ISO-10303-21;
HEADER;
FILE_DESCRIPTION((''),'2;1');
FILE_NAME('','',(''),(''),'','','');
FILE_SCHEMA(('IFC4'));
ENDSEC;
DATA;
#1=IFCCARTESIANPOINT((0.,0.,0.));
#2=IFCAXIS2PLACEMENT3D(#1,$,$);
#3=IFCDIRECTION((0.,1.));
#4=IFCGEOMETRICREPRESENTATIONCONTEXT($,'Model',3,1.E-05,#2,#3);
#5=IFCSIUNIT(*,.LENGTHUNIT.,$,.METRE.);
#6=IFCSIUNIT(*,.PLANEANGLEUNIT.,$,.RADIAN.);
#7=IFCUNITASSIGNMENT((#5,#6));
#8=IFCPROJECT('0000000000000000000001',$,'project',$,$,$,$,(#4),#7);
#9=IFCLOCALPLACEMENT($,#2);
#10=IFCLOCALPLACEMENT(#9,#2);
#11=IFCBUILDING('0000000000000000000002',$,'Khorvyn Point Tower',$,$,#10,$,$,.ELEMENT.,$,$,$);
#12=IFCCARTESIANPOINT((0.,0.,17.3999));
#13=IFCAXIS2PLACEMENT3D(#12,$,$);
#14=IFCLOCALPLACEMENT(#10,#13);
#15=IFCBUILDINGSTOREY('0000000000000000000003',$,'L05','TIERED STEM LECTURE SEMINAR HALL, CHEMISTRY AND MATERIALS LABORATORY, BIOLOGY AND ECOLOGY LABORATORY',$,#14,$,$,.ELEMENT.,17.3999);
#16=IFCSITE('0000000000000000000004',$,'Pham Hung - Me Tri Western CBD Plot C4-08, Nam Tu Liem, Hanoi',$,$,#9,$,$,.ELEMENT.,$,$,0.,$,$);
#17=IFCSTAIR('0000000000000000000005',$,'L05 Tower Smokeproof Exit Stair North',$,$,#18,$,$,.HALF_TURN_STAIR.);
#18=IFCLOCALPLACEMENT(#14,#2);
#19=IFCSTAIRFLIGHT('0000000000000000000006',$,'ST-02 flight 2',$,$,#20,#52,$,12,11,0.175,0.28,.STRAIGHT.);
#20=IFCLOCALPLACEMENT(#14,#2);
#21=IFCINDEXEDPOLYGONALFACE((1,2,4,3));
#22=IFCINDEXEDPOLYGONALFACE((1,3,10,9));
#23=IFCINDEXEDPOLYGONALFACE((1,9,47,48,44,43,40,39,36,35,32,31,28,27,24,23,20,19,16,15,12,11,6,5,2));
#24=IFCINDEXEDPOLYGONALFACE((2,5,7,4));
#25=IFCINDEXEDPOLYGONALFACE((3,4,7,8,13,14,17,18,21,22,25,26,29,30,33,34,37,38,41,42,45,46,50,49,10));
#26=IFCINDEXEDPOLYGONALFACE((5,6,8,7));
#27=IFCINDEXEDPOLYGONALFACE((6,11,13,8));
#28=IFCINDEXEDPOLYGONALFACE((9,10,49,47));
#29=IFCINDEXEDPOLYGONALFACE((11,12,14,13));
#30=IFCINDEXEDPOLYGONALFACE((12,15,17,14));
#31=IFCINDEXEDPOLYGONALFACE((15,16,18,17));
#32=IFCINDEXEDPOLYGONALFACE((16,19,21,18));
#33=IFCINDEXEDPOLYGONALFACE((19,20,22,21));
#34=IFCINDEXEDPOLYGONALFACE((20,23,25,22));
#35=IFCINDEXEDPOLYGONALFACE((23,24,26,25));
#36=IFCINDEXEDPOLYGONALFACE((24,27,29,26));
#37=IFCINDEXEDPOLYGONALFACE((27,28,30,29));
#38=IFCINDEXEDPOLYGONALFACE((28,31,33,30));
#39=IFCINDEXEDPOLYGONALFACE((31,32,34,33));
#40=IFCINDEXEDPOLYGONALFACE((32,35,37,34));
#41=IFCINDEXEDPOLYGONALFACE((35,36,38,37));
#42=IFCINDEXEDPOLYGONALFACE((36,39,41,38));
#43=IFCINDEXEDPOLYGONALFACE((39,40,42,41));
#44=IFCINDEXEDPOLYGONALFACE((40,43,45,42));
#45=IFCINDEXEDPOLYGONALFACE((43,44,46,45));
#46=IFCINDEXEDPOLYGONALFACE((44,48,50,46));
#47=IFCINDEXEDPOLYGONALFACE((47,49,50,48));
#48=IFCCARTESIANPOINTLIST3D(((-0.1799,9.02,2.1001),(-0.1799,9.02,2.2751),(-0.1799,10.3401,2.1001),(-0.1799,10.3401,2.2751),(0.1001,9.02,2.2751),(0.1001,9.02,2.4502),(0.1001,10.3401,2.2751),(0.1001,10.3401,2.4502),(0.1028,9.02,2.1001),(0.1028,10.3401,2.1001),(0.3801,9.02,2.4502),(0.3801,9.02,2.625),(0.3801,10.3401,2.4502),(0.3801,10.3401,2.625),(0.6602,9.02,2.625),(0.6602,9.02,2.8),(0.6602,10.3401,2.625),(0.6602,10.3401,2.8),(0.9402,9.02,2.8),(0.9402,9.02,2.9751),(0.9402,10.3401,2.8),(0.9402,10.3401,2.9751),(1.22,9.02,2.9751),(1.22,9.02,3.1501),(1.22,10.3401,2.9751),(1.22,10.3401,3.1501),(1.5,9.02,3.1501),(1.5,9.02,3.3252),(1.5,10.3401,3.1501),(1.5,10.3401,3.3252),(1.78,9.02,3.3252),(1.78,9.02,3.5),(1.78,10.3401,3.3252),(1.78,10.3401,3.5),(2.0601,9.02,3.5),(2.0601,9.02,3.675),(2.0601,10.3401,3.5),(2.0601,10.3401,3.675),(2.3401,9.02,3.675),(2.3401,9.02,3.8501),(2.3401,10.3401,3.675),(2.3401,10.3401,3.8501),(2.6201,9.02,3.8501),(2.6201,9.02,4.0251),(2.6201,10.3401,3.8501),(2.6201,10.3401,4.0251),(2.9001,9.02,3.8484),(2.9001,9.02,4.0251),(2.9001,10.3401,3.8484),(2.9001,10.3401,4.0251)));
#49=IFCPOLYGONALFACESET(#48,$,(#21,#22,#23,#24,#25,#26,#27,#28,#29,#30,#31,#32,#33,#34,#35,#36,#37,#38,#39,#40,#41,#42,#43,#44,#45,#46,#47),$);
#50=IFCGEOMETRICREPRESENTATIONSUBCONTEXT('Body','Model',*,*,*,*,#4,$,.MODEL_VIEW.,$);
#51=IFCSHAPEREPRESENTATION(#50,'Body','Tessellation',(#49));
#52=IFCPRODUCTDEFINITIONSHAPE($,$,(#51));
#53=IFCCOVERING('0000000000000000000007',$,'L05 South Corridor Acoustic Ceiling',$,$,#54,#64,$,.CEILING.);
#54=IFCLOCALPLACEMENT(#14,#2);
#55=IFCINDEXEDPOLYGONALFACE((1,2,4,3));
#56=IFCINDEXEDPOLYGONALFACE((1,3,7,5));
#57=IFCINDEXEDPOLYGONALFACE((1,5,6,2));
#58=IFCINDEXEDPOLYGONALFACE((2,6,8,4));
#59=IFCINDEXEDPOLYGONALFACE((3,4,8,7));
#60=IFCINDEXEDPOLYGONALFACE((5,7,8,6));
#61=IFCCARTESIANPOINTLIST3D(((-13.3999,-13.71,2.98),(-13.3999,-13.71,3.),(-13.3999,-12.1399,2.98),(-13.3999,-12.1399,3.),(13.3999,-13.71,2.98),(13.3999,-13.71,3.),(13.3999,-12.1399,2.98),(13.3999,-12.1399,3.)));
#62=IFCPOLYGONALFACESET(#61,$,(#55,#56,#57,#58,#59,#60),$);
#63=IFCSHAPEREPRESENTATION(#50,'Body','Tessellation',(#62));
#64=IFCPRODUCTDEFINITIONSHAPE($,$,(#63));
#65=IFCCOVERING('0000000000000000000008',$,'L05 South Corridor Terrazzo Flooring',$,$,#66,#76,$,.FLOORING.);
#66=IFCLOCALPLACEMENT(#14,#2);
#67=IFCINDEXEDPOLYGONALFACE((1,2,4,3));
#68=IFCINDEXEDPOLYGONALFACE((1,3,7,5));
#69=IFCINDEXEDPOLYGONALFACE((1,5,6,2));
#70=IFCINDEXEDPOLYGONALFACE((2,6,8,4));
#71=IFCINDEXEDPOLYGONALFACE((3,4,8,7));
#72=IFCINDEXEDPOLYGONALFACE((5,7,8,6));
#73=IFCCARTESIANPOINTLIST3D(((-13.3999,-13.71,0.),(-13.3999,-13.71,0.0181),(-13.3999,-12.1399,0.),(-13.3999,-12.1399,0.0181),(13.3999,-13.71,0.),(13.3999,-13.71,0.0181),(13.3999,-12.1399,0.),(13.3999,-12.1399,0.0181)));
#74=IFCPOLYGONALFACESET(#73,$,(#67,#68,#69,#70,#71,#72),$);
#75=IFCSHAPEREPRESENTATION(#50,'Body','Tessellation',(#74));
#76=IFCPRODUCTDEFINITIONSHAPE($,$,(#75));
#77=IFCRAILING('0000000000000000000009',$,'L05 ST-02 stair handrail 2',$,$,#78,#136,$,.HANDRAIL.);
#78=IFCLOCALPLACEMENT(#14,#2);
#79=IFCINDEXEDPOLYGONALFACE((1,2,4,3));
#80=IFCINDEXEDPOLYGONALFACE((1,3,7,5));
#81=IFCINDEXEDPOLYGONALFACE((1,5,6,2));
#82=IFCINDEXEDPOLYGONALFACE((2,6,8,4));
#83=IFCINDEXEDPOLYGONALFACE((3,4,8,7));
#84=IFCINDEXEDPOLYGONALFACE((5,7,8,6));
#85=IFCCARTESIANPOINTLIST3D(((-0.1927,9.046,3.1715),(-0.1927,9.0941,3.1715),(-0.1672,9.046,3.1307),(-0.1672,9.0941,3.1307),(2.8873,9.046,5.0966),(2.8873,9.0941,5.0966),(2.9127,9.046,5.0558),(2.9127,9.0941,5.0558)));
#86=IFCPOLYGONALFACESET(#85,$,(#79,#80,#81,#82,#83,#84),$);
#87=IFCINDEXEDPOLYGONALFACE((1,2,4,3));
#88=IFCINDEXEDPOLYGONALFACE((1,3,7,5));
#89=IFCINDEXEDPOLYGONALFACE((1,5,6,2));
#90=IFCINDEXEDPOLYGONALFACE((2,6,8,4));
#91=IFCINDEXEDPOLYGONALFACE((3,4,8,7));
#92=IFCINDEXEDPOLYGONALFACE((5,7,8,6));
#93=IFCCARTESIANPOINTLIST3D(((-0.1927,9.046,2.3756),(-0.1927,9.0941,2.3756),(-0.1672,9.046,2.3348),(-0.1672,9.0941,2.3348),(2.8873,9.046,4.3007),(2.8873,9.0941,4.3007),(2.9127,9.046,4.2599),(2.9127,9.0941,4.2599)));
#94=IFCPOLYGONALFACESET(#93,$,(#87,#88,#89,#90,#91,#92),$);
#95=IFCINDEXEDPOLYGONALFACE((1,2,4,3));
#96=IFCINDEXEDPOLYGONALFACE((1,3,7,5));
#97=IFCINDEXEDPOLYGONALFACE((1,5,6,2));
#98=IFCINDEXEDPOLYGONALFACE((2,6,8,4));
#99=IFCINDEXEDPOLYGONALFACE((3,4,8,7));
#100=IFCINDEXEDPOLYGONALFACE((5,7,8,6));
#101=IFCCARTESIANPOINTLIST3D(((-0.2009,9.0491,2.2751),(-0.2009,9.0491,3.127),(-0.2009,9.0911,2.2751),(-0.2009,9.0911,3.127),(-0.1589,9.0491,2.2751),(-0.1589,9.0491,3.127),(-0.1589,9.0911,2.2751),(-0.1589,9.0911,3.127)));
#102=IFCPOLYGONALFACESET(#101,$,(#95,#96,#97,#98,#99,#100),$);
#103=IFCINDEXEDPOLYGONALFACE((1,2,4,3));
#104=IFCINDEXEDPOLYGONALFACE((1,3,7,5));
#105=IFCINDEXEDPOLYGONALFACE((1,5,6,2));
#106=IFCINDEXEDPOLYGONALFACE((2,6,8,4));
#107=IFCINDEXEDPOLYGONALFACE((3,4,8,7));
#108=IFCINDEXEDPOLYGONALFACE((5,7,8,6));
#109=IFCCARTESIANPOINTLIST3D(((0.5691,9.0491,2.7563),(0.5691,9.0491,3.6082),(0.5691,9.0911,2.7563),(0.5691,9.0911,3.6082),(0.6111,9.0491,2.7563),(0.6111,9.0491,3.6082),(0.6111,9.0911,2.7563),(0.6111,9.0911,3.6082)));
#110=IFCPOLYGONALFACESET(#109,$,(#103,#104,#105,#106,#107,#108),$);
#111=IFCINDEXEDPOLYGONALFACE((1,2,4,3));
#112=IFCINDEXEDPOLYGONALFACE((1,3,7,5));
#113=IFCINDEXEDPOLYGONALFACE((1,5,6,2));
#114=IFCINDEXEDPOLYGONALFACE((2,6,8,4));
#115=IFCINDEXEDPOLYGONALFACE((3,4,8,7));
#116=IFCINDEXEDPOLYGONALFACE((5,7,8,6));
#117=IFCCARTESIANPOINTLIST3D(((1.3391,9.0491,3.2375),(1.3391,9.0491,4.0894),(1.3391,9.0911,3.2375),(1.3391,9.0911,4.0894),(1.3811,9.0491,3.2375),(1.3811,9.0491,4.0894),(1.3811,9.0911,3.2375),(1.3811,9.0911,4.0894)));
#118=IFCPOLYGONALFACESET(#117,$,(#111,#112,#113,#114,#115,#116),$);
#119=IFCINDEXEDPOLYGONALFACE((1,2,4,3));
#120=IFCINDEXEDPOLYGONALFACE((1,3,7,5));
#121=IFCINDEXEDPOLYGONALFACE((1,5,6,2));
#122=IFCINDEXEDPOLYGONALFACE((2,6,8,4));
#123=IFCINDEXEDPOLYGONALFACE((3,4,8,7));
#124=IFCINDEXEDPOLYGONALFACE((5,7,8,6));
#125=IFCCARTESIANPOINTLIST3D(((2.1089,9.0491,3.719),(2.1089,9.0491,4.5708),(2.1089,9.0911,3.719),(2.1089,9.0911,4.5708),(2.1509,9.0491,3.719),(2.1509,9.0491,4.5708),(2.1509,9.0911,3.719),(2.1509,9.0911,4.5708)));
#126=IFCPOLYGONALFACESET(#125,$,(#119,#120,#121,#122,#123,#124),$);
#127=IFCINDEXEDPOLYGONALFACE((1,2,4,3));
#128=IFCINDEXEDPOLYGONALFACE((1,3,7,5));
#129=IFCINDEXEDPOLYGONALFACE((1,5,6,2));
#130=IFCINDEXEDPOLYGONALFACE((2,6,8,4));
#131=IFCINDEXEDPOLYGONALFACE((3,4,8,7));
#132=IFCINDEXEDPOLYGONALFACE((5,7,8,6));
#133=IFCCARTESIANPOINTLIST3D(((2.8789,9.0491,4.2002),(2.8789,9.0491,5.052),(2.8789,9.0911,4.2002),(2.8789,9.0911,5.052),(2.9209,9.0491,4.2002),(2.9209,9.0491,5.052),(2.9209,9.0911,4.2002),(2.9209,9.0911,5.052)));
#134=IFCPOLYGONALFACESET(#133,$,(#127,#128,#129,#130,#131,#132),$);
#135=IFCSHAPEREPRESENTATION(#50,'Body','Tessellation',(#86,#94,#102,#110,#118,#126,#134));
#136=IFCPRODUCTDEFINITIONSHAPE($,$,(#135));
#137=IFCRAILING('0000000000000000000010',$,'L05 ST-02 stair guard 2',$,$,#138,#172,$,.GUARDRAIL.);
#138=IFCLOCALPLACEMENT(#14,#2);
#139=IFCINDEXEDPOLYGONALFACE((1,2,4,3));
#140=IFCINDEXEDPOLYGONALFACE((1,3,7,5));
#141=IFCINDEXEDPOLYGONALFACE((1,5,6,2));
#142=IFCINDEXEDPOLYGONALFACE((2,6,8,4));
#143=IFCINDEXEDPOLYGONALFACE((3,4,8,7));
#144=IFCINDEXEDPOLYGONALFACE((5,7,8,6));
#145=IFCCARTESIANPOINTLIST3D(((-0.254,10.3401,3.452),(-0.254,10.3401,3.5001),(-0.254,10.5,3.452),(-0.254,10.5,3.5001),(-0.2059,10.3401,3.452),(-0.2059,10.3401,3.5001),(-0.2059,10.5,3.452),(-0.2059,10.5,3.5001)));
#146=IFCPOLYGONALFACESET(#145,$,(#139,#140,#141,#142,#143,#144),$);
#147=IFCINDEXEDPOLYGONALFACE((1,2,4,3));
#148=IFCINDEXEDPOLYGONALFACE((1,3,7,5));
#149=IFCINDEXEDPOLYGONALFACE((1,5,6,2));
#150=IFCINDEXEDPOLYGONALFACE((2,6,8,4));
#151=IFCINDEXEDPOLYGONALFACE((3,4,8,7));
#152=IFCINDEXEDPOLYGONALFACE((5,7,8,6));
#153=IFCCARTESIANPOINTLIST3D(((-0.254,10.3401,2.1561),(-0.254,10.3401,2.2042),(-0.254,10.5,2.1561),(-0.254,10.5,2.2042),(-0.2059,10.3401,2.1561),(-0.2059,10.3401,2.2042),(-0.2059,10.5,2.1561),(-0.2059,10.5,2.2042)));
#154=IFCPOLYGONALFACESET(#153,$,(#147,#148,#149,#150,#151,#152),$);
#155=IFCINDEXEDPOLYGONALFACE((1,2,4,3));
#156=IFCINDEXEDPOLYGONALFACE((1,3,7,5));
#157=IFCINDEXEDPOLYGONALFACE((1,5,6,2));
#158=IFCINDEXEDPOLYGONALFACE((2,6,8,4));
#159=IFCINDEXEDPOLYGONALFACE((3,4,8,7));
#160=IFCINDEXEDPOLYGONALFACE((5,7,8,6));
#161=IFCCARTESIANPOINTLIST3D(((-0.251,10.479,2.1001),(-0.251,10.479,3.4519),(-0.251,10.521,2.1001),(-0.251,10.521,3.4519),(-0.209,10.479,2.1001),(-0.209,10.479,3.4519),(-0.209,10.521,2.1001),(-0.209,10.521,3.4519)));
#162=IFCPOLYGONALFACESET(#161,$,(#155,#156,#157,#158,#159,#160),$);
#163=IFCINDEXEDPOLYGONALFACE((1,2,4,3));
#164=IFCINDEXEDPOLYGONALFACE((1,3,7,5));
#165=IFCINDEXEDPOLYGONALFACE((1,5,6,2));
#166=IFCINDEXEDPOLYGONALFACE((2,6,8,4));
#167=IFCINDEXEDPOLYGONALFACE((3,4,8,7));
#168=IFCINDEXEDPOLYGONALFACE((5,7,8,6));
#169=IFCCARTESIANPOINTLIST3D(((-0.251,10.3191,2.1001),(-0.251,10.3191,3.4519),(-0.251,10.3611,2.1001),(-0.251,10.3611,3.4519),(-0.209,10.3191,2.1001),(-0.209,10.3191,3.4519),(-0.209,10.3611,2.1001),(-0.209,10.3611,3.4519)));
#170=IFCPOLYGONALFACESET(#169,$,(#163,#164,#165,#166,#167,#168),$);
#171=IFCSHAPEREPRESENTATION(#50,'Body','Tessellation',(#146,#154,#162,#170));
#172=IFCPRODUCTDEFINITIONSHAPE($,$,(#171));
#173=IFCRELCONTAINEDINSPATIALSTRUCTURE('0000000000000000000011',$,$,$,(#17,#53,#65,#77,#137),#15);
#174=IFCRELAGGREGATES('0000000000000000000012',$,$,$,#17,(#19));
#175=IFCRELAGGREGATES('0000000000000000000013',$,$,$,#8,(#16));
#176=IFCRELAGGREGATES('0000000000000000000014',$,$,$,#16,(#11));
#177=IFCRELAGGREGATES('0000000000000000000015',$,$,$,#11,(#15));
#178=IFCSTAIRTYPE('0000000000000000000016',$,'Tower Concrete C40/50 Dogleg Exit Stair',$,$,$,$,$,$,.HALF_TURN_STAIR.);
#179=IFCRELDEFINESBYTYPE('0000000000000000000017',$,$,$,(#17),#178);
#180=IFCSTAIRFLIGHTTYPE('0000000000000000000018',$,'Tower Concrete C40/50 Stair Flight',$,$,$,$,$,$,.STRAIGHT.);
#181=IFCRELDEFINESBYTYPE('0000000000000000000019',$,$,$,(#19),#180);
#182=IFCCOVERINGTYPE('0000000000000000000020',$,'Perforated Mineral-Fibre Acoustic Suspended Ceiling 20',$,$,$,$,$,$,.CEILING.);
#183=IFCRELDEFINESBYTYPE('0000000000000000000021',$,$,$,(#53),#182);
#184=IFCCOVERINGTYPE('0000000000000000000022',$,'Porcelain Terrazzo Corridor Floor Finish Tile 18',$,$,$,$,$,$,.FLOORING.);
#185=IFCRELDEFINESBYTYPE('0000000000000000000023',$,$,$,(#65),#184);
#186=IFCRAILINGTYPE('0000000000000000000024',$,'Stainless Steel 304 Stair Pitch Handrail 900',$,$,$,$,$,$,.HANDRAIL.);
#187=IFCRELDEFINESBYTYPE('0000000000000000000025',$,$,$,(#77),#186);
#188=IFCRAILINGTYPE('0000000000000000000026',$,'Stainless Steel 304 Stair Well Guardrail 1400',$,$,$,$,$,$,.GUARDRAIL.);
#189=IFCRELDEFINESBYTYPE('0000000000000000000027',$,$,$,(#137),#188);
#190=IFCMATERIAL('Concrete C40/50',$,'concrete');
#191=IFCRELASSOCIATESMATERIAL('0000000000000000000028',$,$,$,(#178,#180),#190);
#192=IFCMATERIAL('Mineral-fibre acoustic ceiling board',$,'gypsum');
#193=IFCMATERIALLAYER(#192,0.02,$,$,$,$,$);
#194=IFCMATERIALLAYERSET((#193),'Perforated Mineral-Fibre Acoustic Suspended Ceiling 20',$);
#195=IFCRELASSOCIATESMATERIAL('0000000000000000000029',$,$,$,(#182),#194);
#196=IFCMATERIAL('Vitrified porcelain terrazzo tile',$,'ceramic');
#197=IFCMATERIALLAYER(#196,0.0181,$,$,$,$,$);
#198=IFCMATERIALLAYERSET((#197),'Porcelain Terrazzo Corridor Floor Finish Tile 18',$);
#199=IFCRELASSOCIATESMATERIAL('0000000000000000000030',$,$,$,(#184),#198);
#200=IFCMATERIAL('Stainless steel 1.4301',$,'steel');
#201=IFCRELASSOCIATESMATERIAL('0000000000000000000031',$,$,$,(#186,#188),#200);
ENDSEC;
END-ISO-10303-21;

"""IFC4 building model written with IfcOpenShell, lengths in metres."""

from ifc_helpers import new_model, si_unit, direction, frame, origin, origin_2d, place, context, subcontext, project, spatial, polyline, rectangle, outline, extrude, material, layer, layer_set, type_object, element, aggregate, save


model = new_model("IFC4")

# Units and contexts
model_context = context("Model", 3, precision=1e-05, world=origin(), true_north=direction((0.0, 1.0)))
body_context = subcontext(model_context, "Body", "Model", "MODEL_VIEW")
ifc_project = project(units=[si_unit("LENGTHUNIT", "METRE"), si_unit("PLANEANGLEUNIT", "RADIAN")], contexts=[model_context])

# Site, building, storey
site_placement = place(None, origin())
site = spatial("IfcSite", under=ifc_project, at=site_placement, Name="Pham Hung - Me Tri Western CBD Plot C4-08, Nam Tu Liem, Hanoi", CompositionType="ELEMENT", RefElevation=0.0)
building_placement = place(site_placement, origin())
building = spatial("IfcBuilding", under=site, at=building_placement, Name="Khorvyn Point Tower", CompositionType="ELEMENT")
storey_placement = place(building_placement, frame((0.0, 0.0, 17.3999)))
storey = spatial("IfcBuildingStorey", under=building, at=storey_placement, Name="L05", Description="TIERED STEM LECTURE SEMINAR HALL, CHEMISTRY AND MATERIALS LABORATORY, BIOLOGY AND ECOLOGY LABORATORY", CompositionType="ELEMENT", Elevation=17.3999)

# Shared definitions
ifc_material_1 = material(Name="Concrete C40/50", Category="concrete")

# Shared definitions
ifc_material_2 = material(Name="Stainless steel 1.4301", Category="steel")

# Stair, stair flight
stair_type = type_object("IfcStairType", Name="Tower Concrete C40/50 Dogleg Exit Stair", PredefinedType="HALF_TURN_STAIR", material=ifc_material_1)
stair_placement = place(storey_placement, origin())
stair = element("IfcStair", 1, at=stair_placement, inside=storey, type_object=stair_type, Name="L05 Tower Smokeproof Exit Stair North", PredefinedType="HALF_TURN_STAIR")
stair_flight_type = type_object("IfcStairFlightType", Name="Tower Concrete C40/50 Stair Flight", PredefinedType="STRAIGHT", material=ifc_material_1)
stair_flight_placement = place(storey_placement, frame((-0.1799, 9.6799, 2.1001), z_axis=(0.0, 0.0, 1.0), x_axis=(1.0, 0.0, 0.0)))
stair_flight = element("IfcStairFlight", 2, at=stair_flight_placement, type_object=stair_flight_type, Name="ST-02 flight 2", NumberOfRisers=12, NumberOfTreads=11, PredefinedType="STRAIGHT", RiserHeight=0.175, TreadLength=0.28, context=body_context, shape_type="SweptSolid", body=[
    extrude(outline(polyline([(0.0, 0.0), (0.0, 0.175), (0.28, 0.175), (0.28, 0.3501), (0.5601, 0.3501), (0.5601, 0.5249), (0.8401, 0.5249), (0.8401, 0.7), (1.1201, 0.7), (1.1201, 0.875), (1.3999, 0.875), (1.3999, 1.05), (1.6799, 1.05), (1.6799, 1.2251), (1.96, 1.2251), (1.96, 1.3999), (2.24, 1.3999), (2.24, 1.575), (2.52, 1.575), (2.52, 1.75), (2.8, 1.75), (2.8, 1.925), (3.0801, 1.925), (3.0801, 2.1001), (3.0801, 1.7483), (0.2827, 0.0), (0.0, 0.0)])), frame((0.0, 0.6602, 0.0), z_axis=(0.0, -1.0, 0.0), x_axis=(1.0, 0.0, 0.0)), (0.0, 0.0, 1.0), 1.3201),
])
aggregate(stair, [stair_flight])

# Coverings
ifc_material_3 = material(Name="Mineral-fibre acoustic ceiling board", Category="gypsum")
ifc_layer_1 = layer(ifc_material_3, 0.02)
ifc_layer_set_1 = layer_set([ifc_layer_1], Name="Perforated Mineral-Fibre Acoustic Suspended Ceiling 20")
covering_type_1 = type_object("IfcCoveringType", Name="Perforated Mineral-Fibre Acoustic Suspended Ceiling 20", PredefinedType="CEILING", material=ifc_layer_set_1)
covering_1_placement = place(storey_placement, frame((0.0, 0.0, 2.98)))
element("IfcCovering", 3, at=covering_1_placement, inside=storey, type_object=covering_type_1, Name="L05 South Corridor Acoustic Ceiling", PredefinedType="CEILING", context=body_context, shape_type="SweptSolid", body=[
    extrude(outline(polyline([(-13.3999, -13.71), (13.3999, -13.71), (13.3999, -12.1399), (-13.3999, -12.1399), (-13.3999, -13.71)])), origin(), (0.0, 0.0, 1.0), 0.02),
])
ifc_material_4 = material(Name="Vitrified porcelain terrazzo tile", Category="ceramic")
ifc_layer_2 = layer(ifc_material_4, 0.0181)
ifc_layer_set_2 = layer_set([ifc_layer_2], Name="Porcelain Terrazzo Corridor Floor Finish Tile 18")
covering_type_2 = type_object("IfcCoveringType", Name="Porcelain Terrazzo Corridor Floor Finish Tile 18", PredefinedType="FLOORING", material=ifc_layer_set_2)
covering_2_placement = place(storey_placement, origin())
element("IfcCovering", 4, at=covering_2_placement, inside=storey, type_object=covering_type_2, Name="L05 South Corridor Terrazzo Flooring", PredefinedType="FLOORING", context=body_context, shape_type="SweptSolid", body=[
    extrude(outline(polyline([(-13.3999, -13.71), (13.3999, -13.71), (13.3999, -12.1399), (-13.3999, -12.1399), (-13.3999, -13.71)])), origin(), (0.0, 0.0, 1.0), 0.0181),
])

# Railings
railing_type_1 = type_object("IfcRailingType", Name="Stainless Steel 304 Stair Pitch Handrail 900", PredefinedType="HANDRAIL", material=ifc_material_2)
railing_1_placement = place(storey_placement, frame((-0.1799, 9.0701, 2.2751)))
element("IfcRailing", 5, at=railing_1_placement, inside=storey, type_object=railing_type_1, Name="L05 ST-02 stair handrail 2", PredefinedType="HANDRAIL", context=body_context, shape_type="SweptSolid", body=[
    extrude(rectangle(XDim=0.0481, YDim=0.0481, at=origin_2d()), frame((0.0, 0.0, 0.876), z_axis=(0.847979, 0.0, 0.530029), x_axis=(0.0, 1.0, 0.0)), (0.0, 0.0, 1.0), 3.6321),
    extrude(rectangle(XDim=0.0481, YDim=0.0481, at=origin_2d()), frame((0.0, 0.0, 0.0801), z_axis=(0.847979, 0.0, 0.530029), x_axis=(0.0, 1.0, 0.0)), (0.0, 0.0, 1.0), 3.6321),
    extrude(rectangle(XDim=0.042, YDim=0.042, at=origin_2d()), origin(), (0.0, 0.0, 1.0), 0.8518),
    extrude(rectangle(XDim=0.042, YDim=0.042, at=origin_2d()), frame((0.77, 0.0, 0.4812)), (0.0, 0.0, 1.0), 0.8518),
    extrude(rectangle(XDim=0.042, YDim=0.042, at=origin_2d()), frame((1.54, 0.0, 0.9624)), (0.0, 0.0, 1.0), 0.8518),
    extrude(rectangle(XDim=0.042, YDim=0.042, at=origin_2d()), frame((2.3098, 0.0, 1.4438)), (0.0, 0.0, 1.0), 0.8518),
    extrude(rectangle(XDim=0.042, YDim=0.042, at=origin_2d()), frame((3.0798, 0.0, 1.925)), (0.0, 0.0, 1.0), 0.8518),
])
railing_type_2 = type_object("IfcRailingType", Name="Stainless Steel 304 Stair Well Guardrail 1400", PredefinedType="GUARDRAIL", material=ifc_material_2)
railing_2_placement = place(storey_placement, frame((-0.23, 10.5, 2.1001)))
element("IfcRailing", 6, at=railing_2_placement, inside=storey, type_object=railing_type_2, Name="L05 ST-02 stair guard 2", PredefinedType="GUARDRAIL", context=body_context, shape_type="SweptSolid", body=[
    extrude(rectangle(XDim=0.0481, YDim=0.0481, at=origin_2d()), frame((0.0, 0.0, 1.376), z_axis=(0.0, -1.0, 0.0), x_axis=(1.0, 0.0, 0.0)), (0.0, 0.0, 1.0), 0.1599),
    extrude(rectangle(XDim=0.0481, YDim=0.0481, at=origin_2d()), frame((0.0, 0.0, 0.0801), z_axis=(0.0, -1.0, 0.0), x_axis=(1.0, 0.0, 0.0)), (0.0, 0.0, 1.0), 0.1599),
    extrude(rectangle(XDim=0.042, YDim=0.042, at=origin_2d()), origin(), (0.0, 0.0, 1.0), 1.3518),
    extrude(rectangle(XDim=0.042, YDim=0.042, at=origin_2d()), frame((0.0, -0.1599, 0.0)), (0.0, 0.0, 1.0), 1.3518),
])

save(model, "model.ifc")
